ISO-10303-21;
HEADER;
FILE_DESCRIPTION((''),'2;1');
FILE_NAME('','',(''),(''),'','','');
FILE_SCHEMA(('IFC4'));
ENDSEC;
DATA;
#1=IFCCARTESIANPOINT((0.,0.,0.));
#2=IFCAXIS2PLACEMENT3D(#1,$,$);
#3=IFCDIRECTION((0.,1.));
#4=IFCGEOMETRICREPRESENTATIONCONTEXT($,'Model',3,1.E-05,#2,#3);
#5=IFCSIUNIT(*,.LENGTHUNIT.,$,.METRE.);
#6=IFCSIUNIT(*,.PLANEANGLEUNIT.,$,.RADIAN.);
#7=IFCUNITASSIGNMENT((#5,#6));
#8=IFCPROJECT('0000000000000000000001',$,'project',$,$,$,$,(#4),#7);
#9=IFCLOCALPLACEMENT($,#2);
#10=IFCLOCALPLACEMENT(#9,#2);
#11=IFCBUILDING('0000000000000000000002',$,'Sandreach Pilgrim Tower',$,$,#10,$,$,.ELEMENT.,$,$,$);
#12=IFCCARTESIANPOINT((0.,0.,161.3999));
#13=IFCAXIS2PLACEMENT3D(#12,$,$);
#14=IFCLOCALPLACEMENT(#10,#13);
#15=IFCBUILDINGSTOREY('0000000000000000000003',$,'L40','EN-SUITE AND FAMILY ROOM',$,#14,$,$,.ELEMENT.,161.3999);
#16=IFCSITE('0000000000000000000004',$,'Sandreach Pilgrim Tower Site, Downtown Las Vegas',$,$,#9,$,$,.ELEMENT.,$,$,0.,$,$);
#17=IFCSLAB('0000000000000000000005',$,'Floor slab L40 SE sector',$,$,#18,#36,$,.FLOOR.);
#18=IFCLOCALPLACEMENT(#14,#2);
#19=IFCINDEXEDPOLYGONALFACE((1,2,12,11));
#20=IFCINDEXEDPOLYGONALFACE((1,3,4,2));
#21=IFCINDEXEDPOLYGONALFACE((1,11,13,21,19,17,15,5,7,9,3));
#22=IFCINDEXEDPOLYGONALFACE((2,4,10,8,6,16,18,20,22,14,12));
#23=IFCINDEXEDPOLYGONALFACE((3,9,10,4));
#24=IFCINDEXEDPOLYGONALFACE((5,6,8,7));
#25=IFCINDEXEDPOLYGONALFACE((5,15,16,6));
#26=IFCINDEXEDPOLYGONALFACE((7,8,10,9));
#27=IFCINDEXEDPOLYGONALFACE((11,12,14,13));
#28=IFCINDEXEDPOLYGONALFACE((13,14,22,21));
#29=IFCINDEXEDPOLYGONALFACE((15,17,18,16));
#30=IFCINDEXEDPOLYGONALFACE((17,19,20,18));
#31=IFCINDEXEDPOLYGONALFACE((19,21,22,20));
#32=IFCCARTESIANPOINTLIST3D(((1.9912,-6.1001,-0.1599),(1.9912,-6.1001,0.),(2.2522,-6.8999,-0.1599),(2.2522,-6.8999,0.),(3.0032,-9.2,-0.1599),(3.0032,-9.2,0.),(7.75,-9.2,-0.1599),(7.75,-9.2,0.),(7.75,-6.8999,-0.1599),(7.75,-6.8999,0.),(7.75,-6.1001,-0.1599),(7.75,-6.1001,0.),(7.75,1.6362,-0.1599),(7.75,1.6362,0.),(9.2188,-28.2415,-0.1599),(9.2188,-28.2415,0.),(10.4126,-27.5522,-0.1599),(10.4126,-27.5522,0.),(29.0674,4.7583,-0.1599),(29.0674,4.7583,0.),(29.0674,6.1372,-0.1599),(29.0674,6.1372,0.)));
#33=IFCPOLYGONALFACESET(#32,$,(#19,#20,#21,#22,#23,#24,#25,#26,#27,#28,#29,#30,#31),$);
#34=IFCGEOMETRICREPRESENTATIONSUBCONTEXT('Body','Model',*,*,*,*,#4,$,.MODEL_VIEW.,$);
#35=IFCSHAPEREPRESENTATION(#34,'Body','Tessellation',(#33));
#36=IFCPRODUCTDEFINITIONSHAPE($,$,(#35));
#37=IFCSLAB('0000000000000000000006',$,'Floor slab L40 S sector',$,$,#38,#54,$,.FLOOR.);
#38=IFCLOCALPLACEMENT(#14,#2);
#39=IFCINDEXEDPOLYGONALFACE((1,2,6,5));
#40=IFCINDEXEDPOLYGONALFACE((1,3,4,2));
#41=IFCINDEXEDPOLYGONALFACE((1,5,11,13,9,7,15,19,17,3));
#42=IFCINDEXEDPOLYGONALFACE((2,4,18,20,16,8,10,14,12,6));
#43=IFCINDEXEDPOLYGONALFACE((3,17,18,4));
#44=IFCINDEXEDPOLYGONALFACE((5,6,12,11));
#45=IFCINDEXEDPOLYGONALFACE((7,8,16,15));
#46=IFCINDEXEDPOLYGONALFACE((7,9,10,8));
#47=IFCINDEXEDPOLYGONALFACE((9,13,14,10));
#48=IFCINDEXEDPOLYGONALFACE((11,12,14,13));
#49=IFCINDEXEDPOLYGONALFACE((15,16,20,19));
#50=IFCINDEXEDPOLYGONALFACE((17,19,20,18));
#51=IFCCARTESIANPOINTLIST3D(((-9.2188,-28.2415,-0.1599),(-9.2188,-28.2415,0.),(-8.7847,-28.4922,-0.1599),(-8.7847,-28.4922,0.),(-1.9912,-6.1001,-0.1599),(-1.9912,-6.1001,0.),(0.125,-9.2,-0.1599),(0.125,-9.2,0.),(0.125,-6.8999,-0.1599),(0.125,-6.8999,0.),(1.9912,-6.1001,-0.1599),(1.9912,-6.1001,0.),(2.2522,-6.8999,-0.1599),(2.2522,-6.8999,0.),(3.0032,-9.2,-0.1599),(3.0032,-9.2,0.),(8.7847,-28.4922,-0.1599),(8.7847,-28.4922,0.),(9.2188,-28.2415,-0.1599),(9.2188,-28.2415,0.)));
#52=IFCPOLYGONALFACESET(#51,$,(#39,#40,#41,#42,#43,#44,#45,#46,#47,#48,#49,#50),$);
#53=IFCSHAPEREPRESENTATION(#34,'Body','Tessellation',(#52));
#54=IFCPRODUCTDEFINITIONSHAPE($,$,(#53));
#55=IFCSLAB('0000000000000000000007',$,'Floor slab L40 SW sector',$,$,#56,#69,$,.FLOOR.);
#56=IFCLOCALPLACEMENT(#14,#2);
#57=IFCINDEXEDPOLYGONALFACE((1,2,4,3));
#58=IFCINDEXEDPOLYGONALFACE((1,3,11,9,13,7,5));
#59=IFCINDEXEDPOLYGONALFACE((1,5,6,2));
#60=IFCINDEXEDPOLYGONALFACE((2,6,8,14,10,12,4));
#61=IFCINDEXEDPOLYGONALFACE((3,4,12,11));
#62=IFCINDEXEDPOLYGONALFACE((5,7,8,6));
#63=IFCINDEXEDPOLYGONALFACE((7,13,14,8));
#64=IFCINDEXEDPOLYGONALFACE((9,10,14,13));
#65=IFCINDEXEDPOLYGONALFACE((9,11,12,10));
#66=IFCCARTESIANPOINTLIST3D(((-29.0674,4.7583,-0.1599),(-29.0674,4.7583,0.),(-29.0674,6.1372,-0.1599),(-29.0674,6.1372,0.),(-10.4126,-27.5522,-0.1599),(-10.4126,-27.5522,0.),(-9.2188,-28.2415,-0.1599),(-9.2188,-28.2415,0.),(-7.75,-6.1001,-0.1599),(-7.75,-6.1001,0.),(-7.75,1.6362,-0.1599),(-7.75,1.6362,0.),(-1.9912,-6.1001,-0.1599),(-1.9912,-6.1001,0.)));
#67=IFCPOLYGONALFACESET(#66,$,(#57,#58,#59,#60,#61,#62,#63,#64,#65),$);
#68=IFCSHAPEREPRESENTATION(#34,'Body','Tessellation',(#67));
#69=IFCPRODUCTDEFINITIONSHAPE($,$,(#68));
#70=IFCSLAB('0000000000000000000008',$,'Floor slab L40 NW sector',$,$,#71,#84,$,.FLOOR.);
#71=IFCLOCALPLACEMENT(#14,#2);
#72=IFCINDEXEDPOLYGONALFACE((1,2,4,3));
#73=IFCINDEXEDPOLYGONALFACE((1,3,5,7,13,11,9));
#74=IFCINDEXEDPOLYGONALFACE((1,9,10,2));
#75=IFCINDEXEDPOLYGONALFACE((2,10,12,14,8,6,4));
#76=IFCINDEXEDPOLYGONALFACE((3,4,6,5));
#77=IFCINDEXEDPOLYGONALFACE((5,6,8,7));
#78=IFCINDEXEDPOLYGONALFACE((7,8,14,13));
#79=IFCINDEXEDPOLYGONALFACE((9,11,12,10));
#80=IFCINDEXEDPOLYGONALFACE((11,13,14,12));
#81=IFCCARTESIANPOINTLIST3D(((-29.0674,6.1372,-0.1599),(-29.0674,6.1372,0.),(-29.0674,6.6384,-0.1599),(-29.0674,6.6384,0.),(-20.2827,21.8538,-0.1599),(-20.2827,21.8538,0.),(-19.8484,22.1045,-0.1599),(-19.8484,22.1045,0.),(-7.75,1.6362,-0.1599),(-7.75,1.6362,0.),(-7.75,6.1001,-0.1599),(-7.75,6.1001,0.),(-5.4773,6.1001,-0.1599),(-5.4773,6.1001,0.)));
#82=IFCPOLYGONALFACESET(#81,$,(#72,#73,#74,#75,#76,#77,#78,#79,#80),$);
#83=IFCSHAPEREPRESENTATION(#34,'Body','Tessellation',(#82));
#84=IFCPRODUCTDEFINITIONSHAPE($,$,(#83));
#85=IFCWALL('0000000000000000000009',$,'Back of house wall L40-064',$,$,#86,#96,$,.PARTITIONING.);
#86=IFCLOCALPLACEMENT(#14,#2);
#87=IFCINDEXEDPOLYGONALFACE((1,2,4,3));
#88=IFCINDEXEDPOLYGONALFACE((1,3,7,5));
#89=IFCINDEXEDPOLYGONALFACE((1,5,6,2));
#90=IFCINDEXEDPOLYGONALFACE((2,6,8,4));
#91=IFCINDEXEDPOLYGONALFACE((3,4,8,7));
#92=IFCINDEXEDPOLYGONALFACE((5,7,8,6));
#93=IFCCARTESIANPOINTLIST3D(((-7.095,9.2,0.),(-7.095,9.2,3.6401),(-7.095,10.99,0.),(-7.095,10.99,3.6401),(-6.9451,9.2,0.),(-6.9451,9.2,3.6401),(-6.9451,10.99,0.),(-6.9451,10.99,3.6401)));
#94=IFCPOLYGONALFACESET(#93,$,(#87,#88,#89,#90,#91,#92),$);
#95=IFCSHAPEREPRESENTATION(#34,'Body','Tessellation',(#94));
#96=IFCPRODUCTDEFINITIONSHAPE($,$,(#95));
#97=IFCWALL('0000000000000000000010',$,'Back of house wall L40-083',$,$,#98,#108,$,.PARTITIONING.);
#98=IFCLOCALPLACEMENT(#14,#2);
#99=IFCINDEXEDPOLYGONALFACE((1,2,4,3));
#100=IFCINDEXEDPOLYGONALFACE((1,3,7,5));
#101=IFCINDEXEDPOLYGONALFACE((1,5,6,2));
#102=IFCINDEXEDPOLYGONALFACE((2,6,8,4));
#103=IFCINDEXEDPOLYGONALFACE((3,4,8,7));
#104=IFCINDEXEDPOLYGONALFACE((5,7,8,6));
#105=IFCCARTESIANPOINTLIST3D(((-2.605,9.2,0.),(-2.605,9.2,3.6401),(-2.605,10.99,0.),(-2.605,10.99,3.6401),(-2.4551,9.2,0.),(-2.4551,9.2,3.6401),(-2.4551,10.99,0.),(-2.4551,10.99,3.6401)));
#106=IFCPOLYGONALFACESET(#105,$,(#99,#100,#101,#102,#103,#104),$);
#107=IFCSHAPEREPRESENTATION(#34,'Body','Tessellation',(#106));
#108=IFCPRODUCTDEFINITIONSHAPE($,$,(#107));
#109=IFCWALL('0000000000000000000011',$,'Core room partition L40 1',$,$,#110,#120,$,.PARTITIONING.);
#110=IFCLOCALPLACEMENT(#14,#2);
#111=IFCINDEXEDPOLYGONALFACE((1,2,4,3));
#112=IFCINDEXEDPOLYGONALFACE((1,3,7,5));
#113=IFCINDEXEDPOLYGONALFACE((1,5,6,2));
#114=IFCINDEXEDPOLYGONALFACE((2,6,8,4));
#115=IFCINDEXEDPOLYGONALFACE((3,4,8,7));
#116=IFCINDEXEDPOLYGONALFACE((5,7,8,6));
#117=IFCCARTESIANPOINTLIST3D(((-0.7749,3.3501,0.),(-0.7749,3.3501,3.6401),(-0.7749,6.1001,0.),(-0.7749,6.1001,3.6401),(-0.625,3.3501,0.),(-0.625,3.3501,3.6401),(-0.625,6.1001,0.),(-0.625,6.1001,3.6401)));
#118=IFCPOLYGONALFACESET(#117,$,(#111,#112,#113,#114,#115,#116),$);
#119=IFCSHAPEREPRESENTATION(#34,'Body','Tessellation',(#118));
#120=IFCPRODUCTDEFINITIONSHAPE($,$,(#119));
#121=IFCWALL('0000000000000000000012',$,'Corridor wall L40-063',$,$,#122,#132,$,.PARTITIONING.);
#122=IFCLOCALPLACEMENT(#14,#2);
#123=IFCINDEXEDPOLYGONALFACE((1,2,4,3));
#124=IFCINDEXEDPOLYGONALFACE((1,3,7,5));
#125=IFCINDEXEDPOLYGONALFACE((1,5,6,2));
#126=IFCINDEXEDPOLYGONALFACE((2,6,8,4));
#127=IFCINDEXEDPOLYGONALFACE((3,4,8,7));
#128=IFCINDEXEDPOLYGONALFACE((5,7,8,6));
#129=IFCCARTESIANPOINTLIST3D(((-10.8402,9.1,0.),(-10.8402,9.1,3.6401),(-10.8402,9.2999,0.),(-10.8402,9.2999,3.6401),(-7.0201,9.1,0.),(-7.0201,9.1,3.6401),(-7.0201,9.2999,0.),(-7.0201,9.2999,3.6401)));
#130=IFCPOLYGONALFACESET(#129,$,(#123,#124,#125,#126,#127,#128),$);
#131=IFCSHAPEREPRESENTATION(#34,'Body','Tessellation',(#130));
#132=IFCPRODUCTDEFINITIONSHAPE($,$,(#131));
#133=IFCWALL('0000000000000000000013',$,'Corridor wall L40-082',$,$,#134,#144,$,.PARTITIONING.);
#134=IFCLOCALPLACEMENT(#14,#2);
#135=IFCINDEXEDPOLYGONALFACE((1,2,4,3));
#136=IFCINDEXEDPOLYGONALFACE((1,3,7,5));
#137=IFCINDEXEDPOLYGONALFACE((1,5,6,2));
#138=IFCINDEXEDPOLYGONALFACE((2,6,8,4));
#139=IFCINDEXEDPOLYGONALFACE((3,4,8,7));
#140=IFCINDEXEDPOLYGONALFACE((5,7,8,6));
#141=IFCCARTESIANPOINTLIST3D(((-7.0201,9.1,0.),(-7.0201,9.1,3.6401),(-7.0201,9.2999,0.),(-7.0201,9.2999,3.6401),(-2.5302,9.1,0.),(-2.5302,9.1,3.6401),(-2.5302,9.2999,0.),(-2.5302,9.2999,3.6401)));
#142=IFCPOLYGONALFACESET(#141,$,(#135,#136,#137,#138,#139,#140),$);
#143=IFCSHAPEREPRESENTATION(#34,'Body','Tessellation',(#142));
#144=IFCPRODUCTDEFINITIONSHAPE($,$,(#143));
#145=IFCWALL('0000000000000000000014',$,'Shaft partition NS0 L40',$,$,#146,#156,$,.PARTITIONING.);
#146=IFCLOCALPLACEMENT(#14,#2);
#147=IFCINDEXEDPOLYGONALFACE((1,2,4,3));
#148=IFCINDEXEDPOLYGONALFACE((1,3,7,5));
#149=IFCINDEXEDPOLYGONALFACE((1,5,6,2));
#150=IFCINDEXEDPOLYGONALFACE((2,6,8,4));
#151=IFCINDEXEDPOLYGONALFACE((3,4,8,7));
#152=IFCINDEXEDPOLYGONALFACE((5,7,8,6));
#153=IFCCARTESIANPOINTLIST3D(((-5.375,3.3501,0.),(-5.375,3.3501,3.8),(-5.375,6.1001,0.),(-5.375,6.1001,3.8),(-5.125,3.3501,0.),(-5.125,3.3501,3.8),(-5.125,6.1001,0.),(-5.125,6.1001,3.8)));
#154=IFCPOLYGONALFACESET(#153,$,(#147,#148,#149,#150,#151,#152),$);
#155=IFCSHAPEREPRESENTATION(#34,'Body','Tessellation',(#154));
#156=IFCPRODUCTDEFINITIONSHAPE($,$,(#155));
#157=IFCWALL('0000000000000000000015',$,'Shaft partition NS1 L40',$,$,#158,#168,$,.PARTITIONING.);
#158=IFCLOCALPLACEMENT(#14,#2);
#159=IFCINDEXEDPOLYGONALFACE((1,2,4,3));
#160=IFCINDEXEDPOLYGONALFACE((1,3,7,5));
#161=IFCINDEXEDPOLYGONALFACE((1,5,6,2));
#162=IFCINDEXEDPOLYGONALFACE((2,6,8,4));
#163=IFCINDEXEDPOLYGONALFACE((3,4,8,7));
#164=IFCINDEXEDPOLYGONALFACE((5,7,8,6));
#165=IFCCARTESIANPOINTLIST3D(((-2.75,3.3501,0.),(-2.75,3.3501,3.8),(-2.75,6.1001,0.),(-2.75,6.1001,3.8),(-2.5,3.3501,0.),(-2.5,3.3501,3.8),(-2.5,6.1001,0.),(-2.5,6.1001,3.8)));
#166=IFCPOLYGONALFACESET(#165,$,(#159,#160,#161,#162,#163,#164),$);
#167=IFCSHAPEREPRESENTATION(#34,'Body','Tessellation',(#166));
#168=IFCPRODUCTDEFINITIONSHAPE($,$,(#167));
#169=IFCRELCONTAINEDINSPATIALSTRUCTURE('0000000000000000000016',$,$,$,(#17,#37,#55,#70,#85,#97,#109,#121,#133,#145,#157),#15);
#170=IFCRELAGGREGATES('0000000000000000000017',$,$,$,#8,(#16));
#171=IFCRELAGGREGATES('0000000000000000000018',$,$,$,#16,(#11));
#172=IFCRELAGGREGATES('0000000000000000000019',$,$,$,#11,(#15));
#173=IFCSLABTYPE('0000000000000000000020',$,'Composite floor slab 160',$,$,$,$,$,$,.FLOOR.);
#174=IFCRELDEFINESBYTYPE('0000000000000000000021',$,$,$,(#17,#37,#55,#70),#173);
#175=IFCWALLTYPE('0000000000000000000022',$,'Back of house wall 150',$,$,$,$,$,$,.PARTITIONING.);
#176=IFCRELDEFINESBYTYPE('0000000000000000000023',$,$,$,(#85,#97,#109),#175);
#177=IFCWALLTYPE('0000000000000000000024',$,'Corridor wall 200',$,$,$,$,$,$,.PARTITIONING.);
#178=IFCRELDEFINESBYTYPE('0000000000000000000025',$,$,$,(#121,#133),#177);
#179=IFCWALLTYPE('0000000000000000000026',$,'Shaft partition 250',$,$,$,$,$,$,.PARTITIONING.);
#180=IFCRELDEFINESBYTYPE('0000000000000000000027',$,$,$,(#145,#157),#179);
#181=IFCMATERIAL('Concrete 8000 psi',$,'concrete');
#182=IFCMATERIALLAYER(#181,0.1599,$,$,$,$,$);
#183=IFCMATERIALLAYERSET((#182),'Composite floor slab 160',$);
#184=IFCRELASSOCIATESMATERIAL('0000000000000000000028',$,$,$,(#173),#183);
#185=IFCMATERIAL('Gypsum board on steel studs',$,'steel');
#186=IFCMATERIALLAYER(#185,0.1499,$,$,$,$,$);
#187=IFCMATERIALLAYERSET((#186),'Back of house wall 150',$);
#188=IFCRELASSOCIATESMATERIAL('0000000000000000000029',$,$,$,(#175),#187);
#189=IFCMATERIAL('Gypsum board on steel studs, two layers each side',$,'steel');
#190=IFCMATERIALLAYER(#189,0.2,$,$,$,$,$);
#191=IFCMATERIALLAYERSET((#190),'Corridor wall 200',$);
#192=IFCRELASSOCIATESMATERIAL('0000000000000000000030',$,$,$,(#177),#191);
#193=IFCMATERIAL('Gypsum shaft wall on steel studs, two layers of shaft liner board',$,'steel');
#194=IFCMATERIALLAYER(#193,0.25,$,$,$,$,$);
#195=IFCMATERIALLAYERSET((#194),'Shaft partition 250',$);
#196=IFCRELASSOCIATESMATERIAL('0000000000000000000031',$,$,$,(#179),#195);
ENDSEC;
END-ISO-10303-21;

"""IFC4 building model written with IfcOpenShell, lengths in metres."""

from ifc_helpers import new_model, si_unit, direction, frame, frame_2d, origin, place, context, subcontext, project, spatial, polyline, rectangle, outline, extrude, material, layer, layer_set, type_object, element, save


model = new_model("IFC4")

# Units and contexts
model_context = context("Model", 3, precision=1e-05, world=origin(), true_north=direction((0.0, 1.0)))
body_context = subcontext(model_context, "Body", "Model", "MODEL_VIEW")
ifc_project = project(units=[si_unit("LENGTHUNIT", "METRE"), si_unit("PLANEANGLEUNIT", "RADIAN")], contexts=[model_context])

# Site, building, storey
site_placement = place(None, origin())
site = spatial("IfcSite", under=ifc_project, at=site_placement, Name="Sandreach Pilgrim Tower Site, Downtown Las Vegas", CompositionType="ELEMENT", RefElevation=0.0)
building_placement = place(site_placement, origin())
building = spatial("IfcBuilding", under=site, at=building_placement, Name="Sandreach Pilgrim Tower", CompositionType="ELEMENT")
storey_placement = place(building_placement, frame((0.0, 0.0, 161.3999)))
storey = spatial("IfcBuildingStorey", under=building, at=storey_placement, Name="L40", Description="EN-SUITE AND FAMILY ROOM", CompositionType="ELEMENT", Elevation=161.3999)

# Slabs
ifc_material_1 = material(Name="Concrete 8000 psi", Category="concrete")
ifc_layer_1 = layer(ifc_material_1, 0.1599)
ifc_layer_set_1 = layer_set([ifc_layer_1], Name="Composite floor slab 160")
slab_type = type_object("IfcSlabType", Name="Composite floor slab 160", PredefinedType="FLOOR", material=ifc_layer_set_1)
slab_1_placement = place(storey_placement, frame((0.0, 0.0, -0.1599)))
element("IfcSlab", 1, at=slab_1_placement, inside=storey, type_object=slab_type, Name="Floor slab L40 SE sector", PredefinedType="FLOOR", context=body_context, shape_type="SweptSolid", body=[
    extrude(outline(polyline([(29.0674, 4.7583), (10.4126, -27.5522), (9.2188, -28.2415), (3.0032, -9.2), (7.75, -9.2), (7.75, -6.8999), (2.2522, -6.8999), (1.9912, -6.1001), (7.75, -6.1001), (7.75, 1.6362), (29.0674, 6.1372), (29.0674, 4.7583)])), origin(), (0.0, 0.0, 1.0), 0.1599),
])
slab_2_placement = place(storey_placement, frame((0.0, 0.0, -0.1599)))
element("IfcSlab", 2, at=slab_2_placement, inside=storey, type_object=slab_type, Name="Floor slab L40 S sector", PredefinedType="FLOOR", context=body_context, shape_type="SweptSolid", body=[
    extrude(outline(polyline([(8.7847, -28.4922), (-8.7847, -28.4922), (-9.2188, -28.2415), (-1.9912, -6.1001), (1.9912, -6.1001), (2.2522, -6.8999), (0.125, -6.8999), (0.125, -9.2), (3.0032, -9.2), (9.2188, -28.2415), (8.7847, -28.4922)])), origin(), (0.0, 0.0, 1.0), 0.1599),
])
slab_3_placement = place(storey_placement, frame((0.0, 0.0, -0.1599)))
element("IfcSlab", 3, at=slab_3_placement, inside=storey, type_object=slab_type, Name="Floor slab L40 SW sector", PredefinedType="FLOOR", context=body_context, shape_type="SweptSolid", body=[
    extrude(outline(polyline([(-10.4126, -27.5522), (-29.0674, 4.7583), (-29.0674, 6.1372), (-7.75, 1.6362), (-7.75, -6.1001), (-1.9912, -6.1001), (-9.2188, -28.2415), (-10.4126, -27.5522)])), origin(), (0.0, 0.0, 1.0), 0.1599),
])
slab_4_placement = place(storey_placement, frame((0.0, 0.0, -0.1599)))
element("IfcSlab", 4, at=slab_4_placement, inside=storey, type_object=slab_type, Name="Floor slab L40 NW sector", PredefinedType="FLOOR", context=body_context, shape_type="SweptSolid", body=[
    extrude(outline(polyline([(-29.0674, 6.6384), (-20.2827, 21.8538), (-19.8484, 22.1045), (-5.4773, 6.1001), (-7.75, 6.1001), (-7.75, 1.6362), (-29.0674, 6.1372), (-29.0674, 6.6384)])), origin(), (0.0, 0.0, 1.0), 0.1599),
])

# Walls
ifc_material_2 = material(Name="Gypsum board on steel studs", Category="steel")
ifc_layer_2 = layer(ifc_material_2, 0.1499)
ifc_layer_set_2 = layer_set([ifc_layer_2], Name="Back of house wall 150")
wall_type_1 = type_object("IfcWallType", Name="Back of house wall 150", PredefinedType="PARTITIONING", material=ifc_layer_set_2)
for number, where, z_axis, x_axis, name in (
    (5, (-7.02, 10.99, 0.0), (0.0, 0.0, 1.0), (0.0, -1.0, 0.0), "Back of house wall L40-064"),
    (6, (-2.53, 10.99, 0.0), (0.0, 0.0, 1.0), (0.0, -1.0, 0.0), "Back of house wall L40-083"),
):
    element("IfcWall", number, at=place(storey_placement, frame(where, z_axis=z_axis, x_axis=x_axis)), inside=storey, type_object=wall_type_1, Name=name, PredefinedType="PARTITIONING", context=body_context, shape_type="SweptSolid", body=[
        extrude(rectangle(XDim=1.79, YDim=0.1499, at=frame_2d((0.895, 0.0))), origin(), (0.0, 0.0, 1.0), 3.6401),
    ])
wall_1_placement = place(storey_placement, frame((-0.7, 3.3501, 0.0), z_axis=(0.0, 0.0, 1.0), x_axis=(0.0, 1.0, 0.0)))
element("IfcWall", 7, at=wall_1_placement, inside=storey, type_object=wall_type_1, Name="Core room partition L40 1", PredefinedType="PARTITIONING", context=body_context, shape_type="SweptSolid", body=[
    extrude(rectangle(XDim=2.75, YDim=0.1499, at=frame_2d((1.375, 0.0))), origin(), (0.0, 0.0, 1.0), 3.6401),
])

# Wall
ifc_material_3 = material(Name="Gypsum board on steel studs, two layers each side", Category="steel")
ifc_layer_3 = layer(ifc_material_3, 0.2)
ifc_layer_set_3 = layer_set([ifc_layer_3], Name="Corridor wall 200")
wall_type_2 = type_object("IfcWallType", Name="Corridor wall 200", PredefinedType="PARTITIONING", material=ifc_layer_set_3)
wall_2_placement = place(storey_placement, frame((-7.02, 9.2, 0.0), z_axis=(0.0, 0.0, 1.0), x_axis=(-1.0, 0.0, 0.0)))
element("IfcWall", 8, at=wall_2_placement, inside=storey, type_object=wall_type_2, Name="Corridor wall L40-063", PredefinedType="PARTITIONING", context=body_context, shape_type="SweptSolid", body=[
    extrude(rectangle(XDim=3.8201, YDim=0.2, at=frame_2d((1.9102, 0.0))), origin(), (0.0, 0.0, 1.0), 3.6401),
])

# Wall
wall_3_placement = place(storey_placement, frame((-2.53, 9.2, 0.0), z_axis=(0.0, 0.0, 1.0), x_axis=(-1.0, 0.0, 0.0)))
element("IfcWall", 9, at=wall_3_placement, inside=storey, type_object=wall_type_2, Name="Corridor wall L40-082", PredefinedType="PARTITIONING", context=body_context, shape_type="SweptSolid", body=[
    extrude(rectangle(XDim=4.49, YDim=0.2, at=frame_2d((2.2451, 0.0))), origin(), (0.0, 0.0, 1.0), 3.6401),
])

# Walls
ifc_material_4 = material(Name="Gypsum shaft wall on steel studs, two layers of shaft liner board", Category="steel")
ifc_layer_4 = layer(ifc_material_4, 0.25)
ifc_layer_set_4 = layer_set([ifc_layer_4], Name="Shaft partition 250")
wall_type_3 = type_object("IfcWallType", Name="Shaft partition 250", PredefinedType="PARTITIONING", material=ifc_layer_set_4)
for number, where, z_axis, x_axis, name in (
    (10, (-5.25, 3.3501, 0.0), (0.0, 0.0, 1.0), (0.0, 1.0, 0.0), "Shaft partition NS0 L40"),
    (11, (-2.625, 3.3501, 0.0), (0.0, 0.0, 1.0), (0.0, 1.0, 0.0), "Shaft partition NS1 L40"),
):
    element("IfcWall", number, at=place(storey_placement, frame(where, z_axis=z_axis, x_axis=x_axis)), inside=storey, type_object=wall_type_3, Name=name, PredefinedType="PARTITIONING", context=body_context, shape_type="SweptSolid", body=[
        extrude(rectangle(XDim=2.75, YDim=0.25, at=frame_2d((1.375, 0.0))), origin(), (0.0, 0.0, 1.0), 3.8),
    ])

save(model, "model.ifc")
